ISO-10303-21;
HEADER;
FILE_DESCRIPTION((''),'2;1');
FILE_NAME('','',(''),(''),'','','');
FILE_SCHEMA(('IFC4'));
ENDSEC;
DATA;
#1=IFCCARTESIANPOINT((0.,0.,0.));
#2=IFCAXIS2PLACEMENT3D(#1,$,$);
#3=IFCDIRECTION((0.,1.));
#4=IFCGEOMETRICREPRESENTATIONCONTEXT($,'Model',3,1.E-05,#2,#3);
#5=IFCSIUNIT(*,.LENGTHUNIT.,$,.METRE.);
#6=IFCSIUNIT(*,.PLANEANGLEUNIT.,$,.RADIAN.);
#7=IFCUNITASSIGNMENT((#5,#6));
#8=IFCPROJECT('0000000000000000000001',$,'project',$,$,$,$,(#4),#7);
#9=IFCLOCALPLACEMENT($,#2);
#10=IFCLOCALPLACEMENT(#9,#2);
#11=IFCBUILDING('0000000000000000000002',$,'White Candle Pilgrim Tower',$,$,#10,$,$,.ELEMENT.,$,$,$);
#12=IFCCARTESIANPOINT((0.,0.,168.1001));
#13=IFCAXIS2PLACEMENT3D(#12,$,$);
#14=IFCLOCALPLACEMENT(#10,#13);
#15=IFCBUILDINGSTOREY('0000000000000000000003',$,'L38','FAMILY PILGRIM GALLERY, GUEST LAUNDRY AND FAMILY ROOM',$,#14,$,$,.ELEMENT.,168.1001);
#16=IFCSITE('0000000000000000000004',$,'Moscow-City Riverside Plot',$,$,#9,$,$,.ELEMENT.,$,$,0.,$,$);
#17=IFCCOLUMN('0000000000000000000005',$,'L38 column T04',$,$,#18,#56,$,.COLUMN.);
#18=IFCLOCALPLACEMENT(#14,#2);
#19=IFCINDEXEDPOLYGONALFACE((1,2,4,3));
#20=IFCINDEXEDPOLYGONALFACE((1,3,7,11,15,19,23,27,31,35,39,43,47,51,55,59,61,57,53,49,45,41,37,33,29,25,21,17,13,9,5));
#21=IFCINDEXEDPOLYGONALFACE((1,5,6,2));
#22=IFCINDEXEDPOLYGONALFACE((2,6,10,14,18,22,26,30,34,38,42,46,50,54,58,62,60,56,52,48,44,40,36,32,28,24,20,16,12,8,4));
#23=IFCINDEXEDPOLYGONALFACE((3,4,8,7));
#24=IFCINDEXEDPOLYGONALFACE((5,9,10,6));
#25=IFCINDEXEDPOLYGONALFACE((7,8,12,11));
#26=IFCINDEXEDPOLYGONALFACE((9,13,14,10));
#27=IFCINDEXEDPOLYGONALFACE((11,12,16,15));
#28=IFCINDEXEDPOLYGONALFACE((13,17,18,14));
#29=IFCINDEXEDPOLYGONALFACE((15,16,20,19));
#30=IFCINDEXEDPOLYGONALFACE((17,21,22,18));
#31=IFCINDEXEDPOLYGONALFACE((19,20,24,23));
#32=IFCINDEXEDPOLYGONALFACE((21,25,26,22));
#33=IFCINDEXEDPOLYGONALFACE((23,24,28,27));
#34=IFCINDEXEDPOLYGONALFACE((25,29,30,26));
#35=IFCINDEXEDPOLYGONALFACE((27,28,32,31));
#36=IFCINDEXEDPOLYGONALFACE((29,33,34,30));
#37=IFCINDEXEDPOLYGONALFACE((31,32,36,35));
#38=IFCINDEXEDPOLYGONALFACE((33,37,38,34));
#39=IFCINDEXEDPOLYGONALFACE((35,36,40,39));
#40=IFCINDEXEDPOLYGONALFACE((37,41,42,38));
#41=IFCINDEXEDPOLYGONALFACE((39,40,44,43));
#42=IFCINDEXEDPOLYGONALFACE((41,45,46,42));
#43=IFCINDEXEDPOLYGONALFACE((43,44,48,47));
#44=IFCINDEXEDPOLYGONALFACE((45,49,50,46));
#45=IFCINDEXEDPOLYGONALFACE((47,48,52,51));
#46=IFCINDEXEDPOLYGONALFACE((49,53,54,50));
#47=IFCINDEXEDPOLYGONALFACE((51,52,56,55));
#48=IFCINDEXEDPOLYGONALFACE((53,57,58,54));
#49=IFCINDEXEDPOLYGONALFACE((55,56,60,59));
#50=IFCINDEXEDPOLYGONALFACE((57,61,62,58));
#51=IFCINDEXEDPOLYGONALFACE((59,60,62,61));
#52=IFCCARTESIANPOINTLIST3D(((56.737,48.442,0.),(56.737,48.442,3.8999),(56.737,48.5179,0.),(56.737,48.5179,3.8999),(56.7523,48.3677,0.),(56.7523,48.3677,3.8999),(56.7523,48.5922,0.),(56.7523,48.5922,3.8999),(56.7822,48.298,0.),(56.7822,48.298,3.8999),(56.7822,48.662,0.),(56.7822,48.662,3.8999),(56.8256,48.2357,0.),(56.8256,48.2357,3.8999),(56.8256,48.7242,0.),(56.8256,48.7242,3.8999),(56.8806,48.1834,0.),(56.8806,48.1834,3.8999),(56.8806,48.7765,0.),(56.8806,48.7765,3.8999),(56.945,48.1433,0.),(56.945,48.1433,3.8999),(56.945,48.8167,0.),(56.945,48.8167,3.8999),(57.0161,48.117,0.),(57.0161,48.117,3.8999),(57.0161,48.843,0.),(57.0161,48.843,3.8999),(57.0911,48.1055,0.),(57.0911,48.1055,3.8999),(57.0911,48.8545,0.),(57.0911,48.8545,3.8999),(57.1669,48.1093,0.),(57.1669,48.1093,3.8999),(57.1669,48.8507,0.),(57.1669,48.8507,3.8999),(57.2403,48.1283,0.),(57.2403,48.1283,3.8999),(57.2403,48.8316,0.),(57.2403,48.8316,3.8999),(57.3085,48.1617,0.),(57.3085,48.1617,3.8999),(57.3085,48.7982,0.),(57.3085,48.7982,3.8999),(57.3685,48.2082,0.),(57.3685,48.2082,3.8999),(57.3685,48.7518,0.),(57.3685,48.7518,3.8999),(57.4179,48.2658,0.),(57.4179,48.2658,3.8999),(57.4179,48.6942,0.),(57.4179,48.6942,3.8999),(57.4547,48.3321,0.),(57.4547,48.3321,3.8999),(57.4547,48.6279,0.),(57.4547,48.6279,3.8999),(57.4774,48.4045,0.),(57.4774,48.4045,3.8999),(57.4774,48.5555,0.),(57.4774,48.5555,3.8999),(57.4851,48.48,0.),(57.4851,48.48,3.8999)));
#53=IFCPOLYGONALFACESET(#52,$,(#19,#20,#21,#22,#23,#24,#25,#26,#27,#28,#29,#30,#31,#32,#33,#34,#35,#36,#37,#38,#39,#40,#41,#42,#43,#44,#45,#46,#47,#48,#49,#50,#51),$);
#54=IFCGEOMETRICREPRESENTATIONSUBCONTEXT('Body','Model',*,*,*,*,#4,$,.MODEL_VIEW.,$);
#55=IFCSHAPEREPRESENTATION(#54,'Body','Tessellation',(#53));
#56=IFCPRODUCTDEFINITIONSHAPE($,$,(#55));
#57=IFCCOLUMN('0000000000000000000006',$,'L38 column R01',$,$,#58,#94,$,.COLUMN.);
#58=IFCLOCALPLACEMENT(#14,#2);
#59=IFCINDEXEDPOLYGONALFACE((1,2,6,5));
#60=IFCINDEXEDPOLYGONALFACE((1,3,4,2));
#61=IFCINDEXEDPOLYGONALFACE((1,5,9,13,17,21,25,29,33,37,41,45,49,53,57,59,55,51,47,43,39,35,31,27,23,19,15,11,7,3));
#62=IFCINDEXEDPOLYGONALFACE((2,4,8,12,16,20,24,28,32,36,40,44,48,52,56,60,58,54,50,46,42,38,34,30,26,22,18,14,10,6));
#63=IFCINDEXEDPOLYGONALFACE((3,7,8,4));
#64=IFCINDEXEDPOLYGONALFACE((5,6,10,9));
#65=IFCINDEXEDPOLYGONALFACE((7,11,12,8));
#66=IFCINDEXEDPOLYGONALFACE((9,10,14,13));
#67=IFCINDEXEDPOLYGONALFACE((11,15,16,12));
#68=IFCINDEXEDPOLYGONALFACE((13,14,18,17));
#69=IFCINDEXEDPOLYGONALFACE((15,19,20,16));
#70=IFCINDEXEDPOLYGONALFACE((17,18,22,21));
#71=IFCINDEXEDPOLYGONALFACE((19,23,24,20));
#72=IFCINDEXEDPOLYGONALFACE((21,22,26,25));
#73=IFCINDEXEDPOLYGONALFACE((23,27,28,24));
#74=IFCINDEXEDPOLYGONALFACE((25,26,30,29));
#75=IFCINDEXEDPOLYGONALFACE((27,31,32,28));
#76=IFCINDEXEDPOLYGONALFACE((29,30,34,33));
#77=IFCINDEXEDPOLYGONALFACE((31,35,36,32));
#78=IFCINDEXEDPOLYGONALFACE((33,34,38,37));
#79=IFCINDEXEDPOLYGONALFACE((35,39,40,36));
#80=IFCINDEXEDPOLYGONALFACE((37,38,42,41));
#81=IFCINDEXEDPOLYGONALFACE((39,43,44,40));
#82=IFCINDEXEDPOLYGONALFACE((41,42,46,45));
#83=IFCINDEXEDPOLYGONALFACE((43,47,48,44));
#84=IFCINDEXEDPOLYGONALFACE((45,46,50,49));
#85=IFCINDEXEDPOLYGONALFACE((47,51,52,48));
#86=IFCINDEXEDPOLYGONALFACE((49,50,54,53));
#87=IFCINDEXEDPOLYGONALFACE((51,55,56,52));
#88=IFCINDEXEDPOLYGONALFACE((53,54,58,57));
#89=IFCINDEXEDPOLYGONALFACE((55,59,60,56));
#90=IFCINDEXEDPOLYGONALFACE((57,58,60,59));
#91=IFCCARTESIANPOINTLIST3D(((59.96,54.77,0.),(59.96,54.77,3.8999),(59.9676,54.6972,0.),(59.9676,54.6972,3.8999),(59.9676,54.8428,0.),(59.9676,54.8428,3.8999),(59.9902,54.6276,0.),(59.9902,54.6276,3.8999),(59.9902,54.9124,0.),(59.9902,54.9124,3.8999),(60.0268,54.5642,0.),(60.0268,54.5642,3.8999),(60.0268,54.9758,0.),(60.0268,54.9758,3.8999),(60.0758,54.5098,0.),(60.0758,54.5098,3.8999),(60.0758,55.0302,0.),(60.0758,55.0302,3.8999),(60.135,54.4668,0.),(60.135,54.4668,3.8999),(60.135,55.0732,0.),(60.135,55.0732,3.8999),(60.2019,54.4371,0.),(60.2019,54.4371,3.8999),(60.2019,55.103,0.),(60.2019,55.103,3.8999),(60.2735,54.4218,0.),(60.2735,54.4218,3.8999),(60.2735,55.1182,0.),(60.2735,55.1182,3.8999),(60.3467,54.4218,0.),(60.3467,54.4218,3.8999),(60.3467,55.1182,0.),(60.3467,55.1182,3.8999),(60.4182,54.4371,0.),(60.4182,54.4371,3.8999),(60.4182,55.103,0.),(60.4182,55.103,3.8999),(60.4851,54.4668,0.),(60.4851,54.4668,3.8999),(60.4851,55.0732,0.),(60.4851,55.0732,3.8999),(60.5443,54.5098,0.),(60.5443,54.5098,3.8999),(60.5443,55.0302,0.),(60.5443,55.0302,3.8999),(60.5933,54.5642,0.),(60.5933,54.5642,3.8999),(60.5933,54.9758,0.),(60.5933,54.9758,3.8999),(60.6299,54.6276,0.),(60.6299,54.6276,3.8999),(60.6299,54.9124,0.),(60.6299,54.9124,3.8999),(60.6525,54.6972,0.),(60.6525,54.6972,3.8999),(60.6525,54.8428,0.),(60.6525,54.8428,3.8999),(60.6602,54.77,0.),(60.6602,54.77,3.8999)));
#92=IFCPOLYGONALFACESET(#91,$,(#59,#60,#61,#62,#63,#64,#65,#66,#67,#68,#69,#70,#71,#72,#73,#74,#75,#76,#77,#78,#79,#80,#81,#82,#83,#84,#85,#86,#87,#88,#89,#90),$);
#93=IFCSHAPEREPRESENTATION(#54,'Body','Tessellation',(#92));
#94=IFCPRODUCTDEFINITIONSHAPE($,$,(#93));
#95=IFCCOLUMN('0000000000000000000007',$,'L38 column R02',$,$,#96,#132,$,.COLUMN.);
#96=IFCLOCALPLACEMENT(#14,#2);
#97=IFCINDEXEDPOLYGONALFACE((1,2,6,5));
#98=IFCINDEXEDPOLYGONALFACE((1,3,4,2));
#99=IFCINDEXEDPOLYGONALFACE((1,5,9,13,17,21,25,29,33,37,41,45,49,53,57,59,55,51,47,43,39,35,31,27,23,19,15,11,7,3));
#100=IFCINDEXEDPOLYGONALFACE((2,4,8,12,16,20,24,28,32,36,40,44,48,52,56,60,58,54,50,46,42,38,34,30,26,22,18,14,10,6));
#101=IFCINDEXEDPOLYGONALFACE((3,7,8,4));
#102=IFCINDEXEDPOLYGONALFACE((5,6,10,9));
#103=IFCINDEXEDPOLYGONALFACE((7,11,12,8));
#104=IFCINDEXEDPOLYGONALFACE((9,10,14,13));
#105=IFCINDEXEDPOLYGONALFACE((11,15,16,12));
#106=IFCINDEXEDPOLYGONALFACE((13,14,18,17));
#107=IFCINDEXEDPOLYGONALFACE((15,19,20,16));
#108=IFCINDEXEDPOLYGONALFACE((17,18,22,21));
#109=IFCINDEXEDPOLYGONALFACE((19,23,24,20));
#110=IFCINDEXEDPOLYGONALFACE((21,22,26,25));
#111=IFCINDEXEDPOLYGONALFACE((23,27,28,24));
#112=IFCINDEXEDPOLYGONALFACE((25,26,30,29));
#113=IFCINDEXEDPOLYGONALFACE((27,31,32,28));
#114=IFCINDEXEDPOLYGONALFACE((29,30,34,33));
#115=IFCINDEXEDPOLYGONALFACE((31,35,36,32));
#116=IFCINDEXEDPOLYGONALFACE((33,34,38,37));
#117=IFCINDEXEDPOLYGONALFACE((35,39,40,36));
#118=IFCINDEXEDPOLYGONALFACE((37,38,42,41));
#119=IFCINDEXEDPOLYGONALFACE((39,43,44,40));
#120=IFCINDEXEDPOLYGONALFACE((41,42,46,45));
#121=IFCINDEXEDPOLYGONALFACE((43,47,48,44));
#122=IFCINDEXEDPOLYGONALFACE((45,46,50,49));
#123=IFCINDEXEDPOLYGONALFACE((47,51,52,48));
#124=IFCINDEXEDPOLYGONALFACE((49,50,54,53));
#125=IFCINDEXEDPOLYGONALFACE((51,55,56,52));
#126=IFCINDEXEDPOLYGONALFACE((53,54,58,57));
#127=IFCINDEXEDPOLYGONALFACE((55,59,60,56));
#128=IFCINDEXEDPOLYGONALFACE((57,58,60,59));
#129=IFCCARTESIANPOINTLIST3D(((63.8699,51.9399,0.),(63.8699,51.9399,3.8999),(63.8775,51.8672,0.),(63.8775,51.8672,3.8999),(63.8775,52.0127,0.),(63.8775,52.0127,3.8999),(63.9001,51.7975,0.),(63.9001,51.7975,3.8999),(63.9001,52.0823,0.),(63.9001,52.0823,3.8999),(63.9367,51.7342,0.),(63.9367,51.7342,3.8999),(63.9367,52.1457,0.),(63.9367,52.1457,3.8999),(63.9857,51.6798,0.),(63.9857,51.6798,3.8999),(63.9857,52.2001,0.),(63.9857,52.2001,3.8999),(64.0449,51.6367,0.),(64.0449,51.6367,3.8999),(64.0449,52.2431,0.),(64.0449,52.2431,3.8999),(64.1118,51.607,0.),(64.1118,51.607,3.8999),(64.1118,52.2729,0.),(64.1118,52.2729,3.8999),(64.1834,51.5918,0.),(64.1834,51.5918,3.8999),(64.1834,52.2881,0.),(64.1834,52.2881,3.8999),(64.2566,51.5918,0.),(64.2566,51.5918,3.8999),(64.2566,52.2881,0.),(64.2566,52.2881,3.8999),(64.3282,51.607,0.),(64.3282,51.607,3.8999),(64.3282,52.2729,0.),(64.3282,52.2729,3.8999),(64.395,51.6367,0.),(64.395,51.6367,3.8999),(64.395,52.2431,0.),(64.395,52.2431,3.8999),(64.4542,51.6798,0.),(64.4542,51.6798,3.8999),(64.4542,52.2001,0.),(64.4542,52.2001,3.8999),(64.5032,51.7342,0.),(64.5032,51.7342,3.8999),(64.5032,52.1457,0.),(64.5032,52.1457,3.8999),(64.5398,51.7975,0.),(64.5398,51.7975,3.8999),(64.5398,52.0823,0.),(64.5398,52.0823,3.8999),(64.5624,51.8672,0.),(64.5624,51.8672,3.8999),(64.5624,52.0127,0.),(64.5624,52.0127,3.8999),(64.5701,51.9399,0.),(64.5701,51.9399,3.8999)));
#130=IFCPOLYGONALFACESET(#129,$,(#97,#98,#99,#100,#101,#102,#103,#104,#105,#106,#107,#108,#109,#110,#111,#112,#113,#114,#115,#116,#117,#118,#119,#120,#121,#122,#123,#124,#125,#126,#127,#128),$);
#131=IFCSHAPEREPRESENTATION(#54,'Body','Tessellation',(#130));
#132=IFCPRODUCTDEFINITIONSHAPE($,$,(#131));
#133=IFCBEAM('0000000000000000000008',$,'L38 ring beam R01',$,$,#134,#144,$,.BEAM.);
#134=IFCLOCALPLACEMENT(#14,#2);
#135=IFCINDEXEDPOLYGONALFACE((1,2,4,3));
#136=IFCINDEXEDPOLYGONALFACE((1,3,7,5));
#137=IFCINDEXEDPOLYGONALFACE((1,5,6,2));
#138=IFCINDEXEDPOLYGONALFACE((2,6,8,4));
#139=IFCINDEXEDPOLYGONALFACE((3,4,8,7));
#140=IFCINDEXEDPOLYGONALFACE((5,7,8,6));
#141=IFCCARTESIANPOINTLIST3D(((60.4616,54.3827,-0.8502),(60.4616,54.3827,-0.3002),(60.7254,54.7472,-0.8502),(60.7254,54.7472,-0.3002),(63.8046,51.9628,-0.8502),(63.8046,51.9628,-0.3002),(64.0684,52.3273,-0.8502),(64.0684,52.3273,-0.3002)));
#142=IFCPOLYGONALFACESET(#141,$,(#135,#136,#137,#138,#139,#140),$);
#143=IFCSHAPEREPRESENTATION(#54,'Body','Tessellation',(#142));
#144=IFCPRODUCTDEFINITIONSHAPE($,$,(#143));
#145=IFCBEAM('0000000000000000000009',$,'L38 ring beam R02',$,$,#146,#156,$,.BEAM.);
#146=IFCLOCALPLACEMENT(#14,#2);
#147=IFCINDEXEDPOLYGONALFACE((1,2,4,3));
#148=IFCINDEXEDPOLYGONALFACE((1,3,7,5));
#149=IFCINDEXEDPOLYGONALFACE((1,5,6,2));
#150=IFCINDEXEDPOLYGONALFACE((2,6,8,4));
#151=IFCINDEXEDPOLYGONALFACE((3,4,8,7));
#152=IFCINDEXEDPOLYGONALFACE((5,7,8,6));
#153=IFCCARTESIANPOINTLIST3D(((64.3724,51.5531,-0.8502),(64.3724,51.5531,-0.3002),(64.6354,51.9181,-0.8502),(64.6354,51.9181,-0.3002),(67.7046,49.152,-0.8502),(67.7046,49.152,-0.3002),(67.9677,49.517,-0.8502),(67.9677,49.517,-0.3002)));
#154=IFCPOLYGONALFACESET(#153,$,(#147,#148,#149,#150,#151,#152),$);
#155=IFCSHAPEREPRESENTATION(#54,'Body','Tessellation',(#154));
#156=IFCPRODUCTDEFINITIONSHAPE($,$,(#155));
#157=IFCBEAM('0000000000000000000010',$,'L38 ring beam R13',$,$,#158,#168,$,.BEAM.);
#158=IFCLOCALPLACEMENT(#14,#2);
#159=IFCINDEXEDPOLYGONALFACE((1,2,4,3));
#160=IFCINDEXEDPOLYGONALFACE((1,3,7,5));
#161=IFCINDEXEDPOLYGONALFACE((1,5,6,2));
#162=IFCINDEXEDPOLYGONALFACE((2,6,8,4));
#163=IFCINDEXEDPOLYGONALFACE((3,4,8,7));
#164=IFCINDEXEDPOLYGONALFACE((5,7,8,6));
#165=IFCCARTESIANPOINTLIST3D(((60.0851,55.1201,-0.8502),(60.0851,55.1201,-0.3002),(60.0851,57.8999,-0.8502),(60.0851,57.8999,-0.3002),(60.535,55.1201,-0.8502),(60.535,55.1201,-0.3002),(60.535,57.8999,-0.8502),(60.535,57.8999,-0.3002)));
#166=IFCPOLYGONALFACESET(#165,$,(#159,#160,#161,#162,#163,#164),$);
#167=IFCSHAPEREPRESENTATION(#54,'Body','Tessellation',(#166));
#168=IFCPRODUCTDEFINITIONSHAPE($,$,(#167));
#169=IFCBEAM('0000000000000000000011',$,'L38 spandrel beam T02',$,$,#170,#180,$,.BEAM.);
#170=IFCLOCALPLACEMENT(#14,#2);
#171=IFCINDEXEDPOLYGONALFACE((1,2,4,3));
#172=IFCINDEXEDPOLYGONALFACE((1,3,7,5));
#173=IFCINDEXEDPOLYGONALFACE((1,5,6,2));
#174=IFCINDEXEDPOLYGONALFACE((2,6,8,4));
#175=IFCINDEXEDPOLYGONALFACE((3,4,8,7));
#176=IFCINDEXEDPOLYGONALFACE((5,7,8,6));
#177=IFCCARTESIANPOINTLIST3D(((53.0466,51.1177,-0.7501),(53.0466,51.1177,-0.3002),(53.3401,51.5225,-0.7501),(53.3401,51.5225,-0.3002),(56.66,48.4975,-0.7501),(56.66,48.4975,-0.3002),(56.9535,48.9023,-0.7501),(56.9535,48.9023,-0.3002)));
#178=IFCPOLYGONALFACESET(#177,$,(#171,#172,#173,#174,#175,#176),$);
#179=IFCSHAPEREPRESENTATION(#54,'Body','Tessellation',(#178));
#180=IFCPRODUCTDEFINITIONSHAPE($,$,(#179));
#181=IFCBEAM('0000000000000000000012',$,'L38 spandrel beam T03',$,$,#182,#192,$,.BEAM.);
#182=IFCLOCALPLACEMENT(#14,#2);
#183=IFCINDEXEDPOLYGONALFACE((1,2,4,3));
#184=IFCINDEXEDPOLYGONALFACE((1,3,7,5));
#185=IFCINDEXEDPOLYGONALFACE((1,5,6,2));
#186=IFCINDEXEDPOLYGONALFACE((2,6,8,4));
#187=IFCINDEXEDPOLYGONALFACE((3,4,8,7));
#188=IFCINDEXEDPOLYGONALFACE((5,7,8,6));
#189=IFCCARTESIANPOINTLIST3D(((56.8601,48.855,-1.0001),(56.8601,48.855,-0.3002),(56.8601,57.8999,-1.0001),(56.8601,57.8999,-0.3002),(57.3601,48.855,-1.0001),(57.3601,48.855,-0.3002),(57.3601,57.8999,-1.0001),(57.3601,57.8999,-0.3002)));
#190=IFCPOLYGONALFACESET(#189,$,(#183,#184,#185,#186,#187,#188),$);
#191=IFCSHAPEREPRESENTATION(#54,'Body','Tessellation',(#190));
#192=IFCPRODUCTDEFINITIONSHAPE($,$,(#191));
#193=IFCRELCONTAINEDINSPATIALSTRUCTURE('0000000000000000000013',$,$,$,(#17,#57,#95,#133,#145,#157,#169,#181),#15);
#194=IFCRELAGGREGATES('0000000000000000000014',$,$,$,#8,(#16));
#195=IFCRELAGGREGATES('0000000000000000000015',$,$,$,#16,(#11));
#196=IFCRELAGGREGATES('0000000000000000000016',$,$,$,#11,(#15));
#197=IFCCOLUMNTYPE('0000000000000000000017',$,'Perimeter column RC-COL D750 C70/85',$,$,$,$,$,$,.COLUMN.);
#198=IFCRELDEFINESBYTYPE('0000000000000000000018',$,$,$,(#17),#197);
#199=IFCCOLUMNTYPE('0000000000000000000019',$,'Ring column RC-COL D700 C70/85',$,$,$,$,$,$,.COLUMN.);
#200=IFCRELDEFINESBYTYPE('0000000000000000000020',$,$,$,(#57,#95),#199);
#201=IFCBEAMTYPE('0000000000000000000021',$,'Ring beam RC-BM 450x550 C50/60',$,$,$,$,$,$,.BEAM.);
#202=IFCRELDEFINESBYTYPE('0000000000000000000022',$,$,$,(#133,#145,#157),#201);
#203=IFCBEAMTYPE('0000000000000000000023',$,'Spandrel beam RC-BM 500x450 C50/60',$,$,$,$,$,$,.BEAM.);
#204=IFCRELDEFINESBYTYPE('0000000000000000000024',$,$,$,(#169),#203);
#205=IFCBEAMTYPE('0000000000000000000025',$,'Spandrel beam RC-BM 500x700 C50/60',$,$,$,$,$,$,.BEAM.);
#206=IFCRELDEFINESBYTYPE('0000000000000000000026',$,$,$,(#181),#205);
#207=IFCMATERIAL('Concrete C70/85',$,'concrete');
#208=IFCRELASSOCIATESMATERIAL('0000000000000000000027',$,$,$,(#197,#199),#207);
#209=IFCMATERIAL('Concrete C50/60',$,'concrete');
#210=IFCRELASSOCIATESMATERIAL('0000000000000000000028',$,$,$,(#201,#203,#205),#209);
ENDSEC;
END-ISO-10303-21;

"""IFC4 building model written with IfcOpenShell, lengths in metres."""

from ifc_helpers import new_model, si_unit, direction, frame, origin, origin_2d, place, context, subcontext, project, spatial, rectangle, circle, extrude, material, material_profile, profile_set, type_object, element, save


model = new_model("IFC4")

# Units and contexts
model_context = context("Model", 3, precision=1e-05, world=origin(), true_north=direction((0.0, 1.0)))
body_context = subcontext(model_context, "Body", "Model", "MODEL_VIEW")
ifc_project = project(units=[si_unit("LENGTHUNIT", "METRE"), si_unit("PLANEANGLEUNIT", "RADIAN")], contexts=[model_context])

# Site, building, storey
site_placement = place(None, origin())
site = spatial("IfcSite", under=ifc_project, at=site_placement, Name="Moscow-City Riverside Plot", CompositionType="ELEMENT", RefElevation=0.0)
building_placement = place(site_placement, origin())
building = spatial("IfcBuilding", under=site, at=building_placement, Name="White Candle Pilgrim Tower", CompositionType="ELEMENT")
storey_placement = place(building_placement, frame((0.0, 0.0, 168.1001)))
storey = spatial("IfcBuildingStorey", under=building, at=storey_placement, Name="L38", Description="FAMILY PILGRIM GALLERY, GUEST LAUNDRY AND FAMILY ROOM", CompositionType="ELEMENT", Elevation=168.1001)

# Columns
ifc_material_1 = material(Name="Concrete C70/85", Category="concrete")
ifc_material_profile_1 = material_profile(ifc_material_1, circle(Radius=0.375, at=origin_2d()), Name="RC-COL D750")
ifc_profile_set_1 = profile_set([ifc_material_profile_1], Name="Concrete C70/85")
column_type_1 = type_object("IfcColumnType", Name="Perimeter column RC-COL D750 C70/85", PredefinedType="COLUMN", material=ifc_profile_set_1)
column_placement = place(storey_placement, frame((57.1101, 48.48, 0.0), z_axis=(0.0, 0.0, 1.0), x_axis=(1.0, 0.0, 0.0)))
element("IfcColumn", 1, at=column_placement, inside=storey, type_object=column_type_1, Name="L38 column T04", PredefinedType="COLUMN", context=body_context, shape_type="SweptSolid", body=[
    extrude(circle(Radius=0.375, at=origin_2d()), origin(), (0.0, 0.0, 1.0), 3.8999),
])
ifc_material_profile_2 = material_profile(ifc_material_1, circle(Radius=0.3501, at=origin_2d()), Name="RC-COL D700")
ifc_profile_set_2 = profile_set([ifc_material_profile_2], Name="Concrete C70/85")
column_type_2 = type_object("IfcColumnType", Name="Ring column RC-COL D700 C70/85", PredefinedType="COLUMN", material=ifc_profile_set_2)
for number, where, z_axis, x_axis, name in (
    (2, (60.3101, 54.77, 0.0), (0.0, 0.0, 1.0), (1.0, 0.0, 0.0), "L38 column R01"),
    (3, (64.22, 51.9399, 0.0), (0.0, 0.0, 1.0), (1.0, 0.0, 0.0), "L38 column R02"),
):
    element("IfcColumn", number, at=place(storey_placement, frame(where, z_axis=z_axis, x_axis=x_axis)), inside=storey, type_object=column_type_2, Name=name, PredefinedType="COLUMN", context=body_context, shape_type="SweptSolid", body=[
        extrude(circle(Radius=0.3501, at=origin_2d()), origin(), (0.0, 0.0, 1.0), 3.8999),
    ])

# Beams
ifc_material_2 = material(Name="Concrete C50/60", Category="concrete")
ifc_material_profile_3 = material_profile(ifc_material_2, rectangle(XDim=0.45, YDim=0.55, at=origin_2d()), Name="RC-BM 450x550")
ifc_profile_set_3 = profile_set([ifc_material_profile_3], Name="Concrete C50/60")
beam_type_1 = type_object("IfcBeamType", Name="Ring beam RC-BM 450x550 C50/60", PredefinedType="BEAM", material=ifc_profile_set_3)
beam_1_placement = place(storey_placement, frame((60.5935, 54.5649, -0.5752), z_axis=(0.810044, -0.586369, 0.0), x_axis=(0.586369, 0.810044, 0.0)))
element("IfcBeam", 4, at=beam_1_placement, inside=storey, type_object=beam_type_1, Name="L38 ring beam R01", PredefinedType="BEAM", context=body_context, shape_type="SweptSolid", body=[
    extrude(rectangle(XDim=0.45, YDim=0.55, at=origin_2d()), origin(), (0.0, 0.0, 1.0), 4.127),
])
beam_2_placement = place(storey_placement, frame((64.5039, 51.7356, -0.5752), z_axis=(0.811317, -0.584607, 0.0), x_axis=(0.584607, 0.811317, 0.0)))
element("IfcBeam", 5, at=beam_2_placement, inside=storey, type_object=beam_type_1, Name="L38 ring beam R02", PredefinedType="BEAM", context=body_context, shape_type="SweptSolid", body=[
    extrude(rectangle(XDim=0.45, YDim=0.55, at=origin_2d()), origin(), (0.0, 0.0, 1.0), 4.1072),
])
beam_3_placement = place(storey_placement, frame((60.3101, 55.1201, -0.5752), z_axis=(0.0, 1.0, 0.0), x_axis=(-1.0, 0.0, 0.0)))
element("IfcBeam", 6, at=beam_3_placement, inside=storey, type_object=beam_type_1, Name="L38 ring beam R13", PredefinedType="BEAM", context=body_context, shape_type="SweptSolid", body=[
    extrude(rectangle(XDim=0.45, YDim=0.55, at=origin_2d()), origin(), (0.0, 0.0, 1.0), 2.7798),
])
ifc_material_profile_4 = material_profile(ifc_material_2, rectangle(XDim=0.5, YDim=0.45, at=origin_2d()), Name="RC-BM 500x450")
ifc_profile_set_4 = profile_set([ifc_material_profile_4], Name="Concrete C50/60")
beam_type_2 = type_object("IfcBeamType", Name="Spandrel beam RC-BM 500x450 C50/60", PredefinedType="BEAM", material=ifc_profile_set_4)
beam_4_placement = place(storey_placement, frame((53.1934, 51.3201, -0.5251), z_axis=(0.809558, -0.587039, 0.0), x_axis=(0.587039, 0.809558, 0.0)))
element("IfcBeam", 7, at=beam_4_placement, inside=storey, type_object=beam_type_2, Name="L38 spandrel beam T02", PredefinedType="BEAM", context=body_context, shape_type="SweptSolid", body=[
    extrude(rectangle(XDim=0.5, YDim=0.45, at=origin_2d()), origin(), (0.0, 0.0, 1.0), 4.4634),
])
ifc_material_profile_5 = material_profile(ifc_material_2, rectangle(XDim=0.5, YDim=0.7, at=origin_2d()), Name="RC-BM 500x700")
ifc_profile_set_5 = profile_set([ifc_material_profile_5], Name="Concrete C50/60")
beam_type_3 = type_object("IfcBeamType", Name="Spandrel beam RC-BM 500x700 C50/60", PredefinedType="BEAM", material=ifc_profile_set_5)
beam_5_placement = place(storey_placement, frame((57.1101, 48.855, -0.6501), z_axis=(0.0, 1.0, 0.0), x_axis=(-1.0, 0.0, 0.0)))
element("IfcBeam", 8, at=beam_5_placement, inside=storey, type_object=beam_type_3, Name="L38 spandrel beam T03", PredefinedType="BEAM", context=body_context, shape_type="SweptSolid", body=[
    extrude(rectangle(XDim=0.5, YDim=0.7, at=origin_2d()), origin(), (0.0, 0.0, 1.0), 9.0449),
])

save(model, "model.ifc")
